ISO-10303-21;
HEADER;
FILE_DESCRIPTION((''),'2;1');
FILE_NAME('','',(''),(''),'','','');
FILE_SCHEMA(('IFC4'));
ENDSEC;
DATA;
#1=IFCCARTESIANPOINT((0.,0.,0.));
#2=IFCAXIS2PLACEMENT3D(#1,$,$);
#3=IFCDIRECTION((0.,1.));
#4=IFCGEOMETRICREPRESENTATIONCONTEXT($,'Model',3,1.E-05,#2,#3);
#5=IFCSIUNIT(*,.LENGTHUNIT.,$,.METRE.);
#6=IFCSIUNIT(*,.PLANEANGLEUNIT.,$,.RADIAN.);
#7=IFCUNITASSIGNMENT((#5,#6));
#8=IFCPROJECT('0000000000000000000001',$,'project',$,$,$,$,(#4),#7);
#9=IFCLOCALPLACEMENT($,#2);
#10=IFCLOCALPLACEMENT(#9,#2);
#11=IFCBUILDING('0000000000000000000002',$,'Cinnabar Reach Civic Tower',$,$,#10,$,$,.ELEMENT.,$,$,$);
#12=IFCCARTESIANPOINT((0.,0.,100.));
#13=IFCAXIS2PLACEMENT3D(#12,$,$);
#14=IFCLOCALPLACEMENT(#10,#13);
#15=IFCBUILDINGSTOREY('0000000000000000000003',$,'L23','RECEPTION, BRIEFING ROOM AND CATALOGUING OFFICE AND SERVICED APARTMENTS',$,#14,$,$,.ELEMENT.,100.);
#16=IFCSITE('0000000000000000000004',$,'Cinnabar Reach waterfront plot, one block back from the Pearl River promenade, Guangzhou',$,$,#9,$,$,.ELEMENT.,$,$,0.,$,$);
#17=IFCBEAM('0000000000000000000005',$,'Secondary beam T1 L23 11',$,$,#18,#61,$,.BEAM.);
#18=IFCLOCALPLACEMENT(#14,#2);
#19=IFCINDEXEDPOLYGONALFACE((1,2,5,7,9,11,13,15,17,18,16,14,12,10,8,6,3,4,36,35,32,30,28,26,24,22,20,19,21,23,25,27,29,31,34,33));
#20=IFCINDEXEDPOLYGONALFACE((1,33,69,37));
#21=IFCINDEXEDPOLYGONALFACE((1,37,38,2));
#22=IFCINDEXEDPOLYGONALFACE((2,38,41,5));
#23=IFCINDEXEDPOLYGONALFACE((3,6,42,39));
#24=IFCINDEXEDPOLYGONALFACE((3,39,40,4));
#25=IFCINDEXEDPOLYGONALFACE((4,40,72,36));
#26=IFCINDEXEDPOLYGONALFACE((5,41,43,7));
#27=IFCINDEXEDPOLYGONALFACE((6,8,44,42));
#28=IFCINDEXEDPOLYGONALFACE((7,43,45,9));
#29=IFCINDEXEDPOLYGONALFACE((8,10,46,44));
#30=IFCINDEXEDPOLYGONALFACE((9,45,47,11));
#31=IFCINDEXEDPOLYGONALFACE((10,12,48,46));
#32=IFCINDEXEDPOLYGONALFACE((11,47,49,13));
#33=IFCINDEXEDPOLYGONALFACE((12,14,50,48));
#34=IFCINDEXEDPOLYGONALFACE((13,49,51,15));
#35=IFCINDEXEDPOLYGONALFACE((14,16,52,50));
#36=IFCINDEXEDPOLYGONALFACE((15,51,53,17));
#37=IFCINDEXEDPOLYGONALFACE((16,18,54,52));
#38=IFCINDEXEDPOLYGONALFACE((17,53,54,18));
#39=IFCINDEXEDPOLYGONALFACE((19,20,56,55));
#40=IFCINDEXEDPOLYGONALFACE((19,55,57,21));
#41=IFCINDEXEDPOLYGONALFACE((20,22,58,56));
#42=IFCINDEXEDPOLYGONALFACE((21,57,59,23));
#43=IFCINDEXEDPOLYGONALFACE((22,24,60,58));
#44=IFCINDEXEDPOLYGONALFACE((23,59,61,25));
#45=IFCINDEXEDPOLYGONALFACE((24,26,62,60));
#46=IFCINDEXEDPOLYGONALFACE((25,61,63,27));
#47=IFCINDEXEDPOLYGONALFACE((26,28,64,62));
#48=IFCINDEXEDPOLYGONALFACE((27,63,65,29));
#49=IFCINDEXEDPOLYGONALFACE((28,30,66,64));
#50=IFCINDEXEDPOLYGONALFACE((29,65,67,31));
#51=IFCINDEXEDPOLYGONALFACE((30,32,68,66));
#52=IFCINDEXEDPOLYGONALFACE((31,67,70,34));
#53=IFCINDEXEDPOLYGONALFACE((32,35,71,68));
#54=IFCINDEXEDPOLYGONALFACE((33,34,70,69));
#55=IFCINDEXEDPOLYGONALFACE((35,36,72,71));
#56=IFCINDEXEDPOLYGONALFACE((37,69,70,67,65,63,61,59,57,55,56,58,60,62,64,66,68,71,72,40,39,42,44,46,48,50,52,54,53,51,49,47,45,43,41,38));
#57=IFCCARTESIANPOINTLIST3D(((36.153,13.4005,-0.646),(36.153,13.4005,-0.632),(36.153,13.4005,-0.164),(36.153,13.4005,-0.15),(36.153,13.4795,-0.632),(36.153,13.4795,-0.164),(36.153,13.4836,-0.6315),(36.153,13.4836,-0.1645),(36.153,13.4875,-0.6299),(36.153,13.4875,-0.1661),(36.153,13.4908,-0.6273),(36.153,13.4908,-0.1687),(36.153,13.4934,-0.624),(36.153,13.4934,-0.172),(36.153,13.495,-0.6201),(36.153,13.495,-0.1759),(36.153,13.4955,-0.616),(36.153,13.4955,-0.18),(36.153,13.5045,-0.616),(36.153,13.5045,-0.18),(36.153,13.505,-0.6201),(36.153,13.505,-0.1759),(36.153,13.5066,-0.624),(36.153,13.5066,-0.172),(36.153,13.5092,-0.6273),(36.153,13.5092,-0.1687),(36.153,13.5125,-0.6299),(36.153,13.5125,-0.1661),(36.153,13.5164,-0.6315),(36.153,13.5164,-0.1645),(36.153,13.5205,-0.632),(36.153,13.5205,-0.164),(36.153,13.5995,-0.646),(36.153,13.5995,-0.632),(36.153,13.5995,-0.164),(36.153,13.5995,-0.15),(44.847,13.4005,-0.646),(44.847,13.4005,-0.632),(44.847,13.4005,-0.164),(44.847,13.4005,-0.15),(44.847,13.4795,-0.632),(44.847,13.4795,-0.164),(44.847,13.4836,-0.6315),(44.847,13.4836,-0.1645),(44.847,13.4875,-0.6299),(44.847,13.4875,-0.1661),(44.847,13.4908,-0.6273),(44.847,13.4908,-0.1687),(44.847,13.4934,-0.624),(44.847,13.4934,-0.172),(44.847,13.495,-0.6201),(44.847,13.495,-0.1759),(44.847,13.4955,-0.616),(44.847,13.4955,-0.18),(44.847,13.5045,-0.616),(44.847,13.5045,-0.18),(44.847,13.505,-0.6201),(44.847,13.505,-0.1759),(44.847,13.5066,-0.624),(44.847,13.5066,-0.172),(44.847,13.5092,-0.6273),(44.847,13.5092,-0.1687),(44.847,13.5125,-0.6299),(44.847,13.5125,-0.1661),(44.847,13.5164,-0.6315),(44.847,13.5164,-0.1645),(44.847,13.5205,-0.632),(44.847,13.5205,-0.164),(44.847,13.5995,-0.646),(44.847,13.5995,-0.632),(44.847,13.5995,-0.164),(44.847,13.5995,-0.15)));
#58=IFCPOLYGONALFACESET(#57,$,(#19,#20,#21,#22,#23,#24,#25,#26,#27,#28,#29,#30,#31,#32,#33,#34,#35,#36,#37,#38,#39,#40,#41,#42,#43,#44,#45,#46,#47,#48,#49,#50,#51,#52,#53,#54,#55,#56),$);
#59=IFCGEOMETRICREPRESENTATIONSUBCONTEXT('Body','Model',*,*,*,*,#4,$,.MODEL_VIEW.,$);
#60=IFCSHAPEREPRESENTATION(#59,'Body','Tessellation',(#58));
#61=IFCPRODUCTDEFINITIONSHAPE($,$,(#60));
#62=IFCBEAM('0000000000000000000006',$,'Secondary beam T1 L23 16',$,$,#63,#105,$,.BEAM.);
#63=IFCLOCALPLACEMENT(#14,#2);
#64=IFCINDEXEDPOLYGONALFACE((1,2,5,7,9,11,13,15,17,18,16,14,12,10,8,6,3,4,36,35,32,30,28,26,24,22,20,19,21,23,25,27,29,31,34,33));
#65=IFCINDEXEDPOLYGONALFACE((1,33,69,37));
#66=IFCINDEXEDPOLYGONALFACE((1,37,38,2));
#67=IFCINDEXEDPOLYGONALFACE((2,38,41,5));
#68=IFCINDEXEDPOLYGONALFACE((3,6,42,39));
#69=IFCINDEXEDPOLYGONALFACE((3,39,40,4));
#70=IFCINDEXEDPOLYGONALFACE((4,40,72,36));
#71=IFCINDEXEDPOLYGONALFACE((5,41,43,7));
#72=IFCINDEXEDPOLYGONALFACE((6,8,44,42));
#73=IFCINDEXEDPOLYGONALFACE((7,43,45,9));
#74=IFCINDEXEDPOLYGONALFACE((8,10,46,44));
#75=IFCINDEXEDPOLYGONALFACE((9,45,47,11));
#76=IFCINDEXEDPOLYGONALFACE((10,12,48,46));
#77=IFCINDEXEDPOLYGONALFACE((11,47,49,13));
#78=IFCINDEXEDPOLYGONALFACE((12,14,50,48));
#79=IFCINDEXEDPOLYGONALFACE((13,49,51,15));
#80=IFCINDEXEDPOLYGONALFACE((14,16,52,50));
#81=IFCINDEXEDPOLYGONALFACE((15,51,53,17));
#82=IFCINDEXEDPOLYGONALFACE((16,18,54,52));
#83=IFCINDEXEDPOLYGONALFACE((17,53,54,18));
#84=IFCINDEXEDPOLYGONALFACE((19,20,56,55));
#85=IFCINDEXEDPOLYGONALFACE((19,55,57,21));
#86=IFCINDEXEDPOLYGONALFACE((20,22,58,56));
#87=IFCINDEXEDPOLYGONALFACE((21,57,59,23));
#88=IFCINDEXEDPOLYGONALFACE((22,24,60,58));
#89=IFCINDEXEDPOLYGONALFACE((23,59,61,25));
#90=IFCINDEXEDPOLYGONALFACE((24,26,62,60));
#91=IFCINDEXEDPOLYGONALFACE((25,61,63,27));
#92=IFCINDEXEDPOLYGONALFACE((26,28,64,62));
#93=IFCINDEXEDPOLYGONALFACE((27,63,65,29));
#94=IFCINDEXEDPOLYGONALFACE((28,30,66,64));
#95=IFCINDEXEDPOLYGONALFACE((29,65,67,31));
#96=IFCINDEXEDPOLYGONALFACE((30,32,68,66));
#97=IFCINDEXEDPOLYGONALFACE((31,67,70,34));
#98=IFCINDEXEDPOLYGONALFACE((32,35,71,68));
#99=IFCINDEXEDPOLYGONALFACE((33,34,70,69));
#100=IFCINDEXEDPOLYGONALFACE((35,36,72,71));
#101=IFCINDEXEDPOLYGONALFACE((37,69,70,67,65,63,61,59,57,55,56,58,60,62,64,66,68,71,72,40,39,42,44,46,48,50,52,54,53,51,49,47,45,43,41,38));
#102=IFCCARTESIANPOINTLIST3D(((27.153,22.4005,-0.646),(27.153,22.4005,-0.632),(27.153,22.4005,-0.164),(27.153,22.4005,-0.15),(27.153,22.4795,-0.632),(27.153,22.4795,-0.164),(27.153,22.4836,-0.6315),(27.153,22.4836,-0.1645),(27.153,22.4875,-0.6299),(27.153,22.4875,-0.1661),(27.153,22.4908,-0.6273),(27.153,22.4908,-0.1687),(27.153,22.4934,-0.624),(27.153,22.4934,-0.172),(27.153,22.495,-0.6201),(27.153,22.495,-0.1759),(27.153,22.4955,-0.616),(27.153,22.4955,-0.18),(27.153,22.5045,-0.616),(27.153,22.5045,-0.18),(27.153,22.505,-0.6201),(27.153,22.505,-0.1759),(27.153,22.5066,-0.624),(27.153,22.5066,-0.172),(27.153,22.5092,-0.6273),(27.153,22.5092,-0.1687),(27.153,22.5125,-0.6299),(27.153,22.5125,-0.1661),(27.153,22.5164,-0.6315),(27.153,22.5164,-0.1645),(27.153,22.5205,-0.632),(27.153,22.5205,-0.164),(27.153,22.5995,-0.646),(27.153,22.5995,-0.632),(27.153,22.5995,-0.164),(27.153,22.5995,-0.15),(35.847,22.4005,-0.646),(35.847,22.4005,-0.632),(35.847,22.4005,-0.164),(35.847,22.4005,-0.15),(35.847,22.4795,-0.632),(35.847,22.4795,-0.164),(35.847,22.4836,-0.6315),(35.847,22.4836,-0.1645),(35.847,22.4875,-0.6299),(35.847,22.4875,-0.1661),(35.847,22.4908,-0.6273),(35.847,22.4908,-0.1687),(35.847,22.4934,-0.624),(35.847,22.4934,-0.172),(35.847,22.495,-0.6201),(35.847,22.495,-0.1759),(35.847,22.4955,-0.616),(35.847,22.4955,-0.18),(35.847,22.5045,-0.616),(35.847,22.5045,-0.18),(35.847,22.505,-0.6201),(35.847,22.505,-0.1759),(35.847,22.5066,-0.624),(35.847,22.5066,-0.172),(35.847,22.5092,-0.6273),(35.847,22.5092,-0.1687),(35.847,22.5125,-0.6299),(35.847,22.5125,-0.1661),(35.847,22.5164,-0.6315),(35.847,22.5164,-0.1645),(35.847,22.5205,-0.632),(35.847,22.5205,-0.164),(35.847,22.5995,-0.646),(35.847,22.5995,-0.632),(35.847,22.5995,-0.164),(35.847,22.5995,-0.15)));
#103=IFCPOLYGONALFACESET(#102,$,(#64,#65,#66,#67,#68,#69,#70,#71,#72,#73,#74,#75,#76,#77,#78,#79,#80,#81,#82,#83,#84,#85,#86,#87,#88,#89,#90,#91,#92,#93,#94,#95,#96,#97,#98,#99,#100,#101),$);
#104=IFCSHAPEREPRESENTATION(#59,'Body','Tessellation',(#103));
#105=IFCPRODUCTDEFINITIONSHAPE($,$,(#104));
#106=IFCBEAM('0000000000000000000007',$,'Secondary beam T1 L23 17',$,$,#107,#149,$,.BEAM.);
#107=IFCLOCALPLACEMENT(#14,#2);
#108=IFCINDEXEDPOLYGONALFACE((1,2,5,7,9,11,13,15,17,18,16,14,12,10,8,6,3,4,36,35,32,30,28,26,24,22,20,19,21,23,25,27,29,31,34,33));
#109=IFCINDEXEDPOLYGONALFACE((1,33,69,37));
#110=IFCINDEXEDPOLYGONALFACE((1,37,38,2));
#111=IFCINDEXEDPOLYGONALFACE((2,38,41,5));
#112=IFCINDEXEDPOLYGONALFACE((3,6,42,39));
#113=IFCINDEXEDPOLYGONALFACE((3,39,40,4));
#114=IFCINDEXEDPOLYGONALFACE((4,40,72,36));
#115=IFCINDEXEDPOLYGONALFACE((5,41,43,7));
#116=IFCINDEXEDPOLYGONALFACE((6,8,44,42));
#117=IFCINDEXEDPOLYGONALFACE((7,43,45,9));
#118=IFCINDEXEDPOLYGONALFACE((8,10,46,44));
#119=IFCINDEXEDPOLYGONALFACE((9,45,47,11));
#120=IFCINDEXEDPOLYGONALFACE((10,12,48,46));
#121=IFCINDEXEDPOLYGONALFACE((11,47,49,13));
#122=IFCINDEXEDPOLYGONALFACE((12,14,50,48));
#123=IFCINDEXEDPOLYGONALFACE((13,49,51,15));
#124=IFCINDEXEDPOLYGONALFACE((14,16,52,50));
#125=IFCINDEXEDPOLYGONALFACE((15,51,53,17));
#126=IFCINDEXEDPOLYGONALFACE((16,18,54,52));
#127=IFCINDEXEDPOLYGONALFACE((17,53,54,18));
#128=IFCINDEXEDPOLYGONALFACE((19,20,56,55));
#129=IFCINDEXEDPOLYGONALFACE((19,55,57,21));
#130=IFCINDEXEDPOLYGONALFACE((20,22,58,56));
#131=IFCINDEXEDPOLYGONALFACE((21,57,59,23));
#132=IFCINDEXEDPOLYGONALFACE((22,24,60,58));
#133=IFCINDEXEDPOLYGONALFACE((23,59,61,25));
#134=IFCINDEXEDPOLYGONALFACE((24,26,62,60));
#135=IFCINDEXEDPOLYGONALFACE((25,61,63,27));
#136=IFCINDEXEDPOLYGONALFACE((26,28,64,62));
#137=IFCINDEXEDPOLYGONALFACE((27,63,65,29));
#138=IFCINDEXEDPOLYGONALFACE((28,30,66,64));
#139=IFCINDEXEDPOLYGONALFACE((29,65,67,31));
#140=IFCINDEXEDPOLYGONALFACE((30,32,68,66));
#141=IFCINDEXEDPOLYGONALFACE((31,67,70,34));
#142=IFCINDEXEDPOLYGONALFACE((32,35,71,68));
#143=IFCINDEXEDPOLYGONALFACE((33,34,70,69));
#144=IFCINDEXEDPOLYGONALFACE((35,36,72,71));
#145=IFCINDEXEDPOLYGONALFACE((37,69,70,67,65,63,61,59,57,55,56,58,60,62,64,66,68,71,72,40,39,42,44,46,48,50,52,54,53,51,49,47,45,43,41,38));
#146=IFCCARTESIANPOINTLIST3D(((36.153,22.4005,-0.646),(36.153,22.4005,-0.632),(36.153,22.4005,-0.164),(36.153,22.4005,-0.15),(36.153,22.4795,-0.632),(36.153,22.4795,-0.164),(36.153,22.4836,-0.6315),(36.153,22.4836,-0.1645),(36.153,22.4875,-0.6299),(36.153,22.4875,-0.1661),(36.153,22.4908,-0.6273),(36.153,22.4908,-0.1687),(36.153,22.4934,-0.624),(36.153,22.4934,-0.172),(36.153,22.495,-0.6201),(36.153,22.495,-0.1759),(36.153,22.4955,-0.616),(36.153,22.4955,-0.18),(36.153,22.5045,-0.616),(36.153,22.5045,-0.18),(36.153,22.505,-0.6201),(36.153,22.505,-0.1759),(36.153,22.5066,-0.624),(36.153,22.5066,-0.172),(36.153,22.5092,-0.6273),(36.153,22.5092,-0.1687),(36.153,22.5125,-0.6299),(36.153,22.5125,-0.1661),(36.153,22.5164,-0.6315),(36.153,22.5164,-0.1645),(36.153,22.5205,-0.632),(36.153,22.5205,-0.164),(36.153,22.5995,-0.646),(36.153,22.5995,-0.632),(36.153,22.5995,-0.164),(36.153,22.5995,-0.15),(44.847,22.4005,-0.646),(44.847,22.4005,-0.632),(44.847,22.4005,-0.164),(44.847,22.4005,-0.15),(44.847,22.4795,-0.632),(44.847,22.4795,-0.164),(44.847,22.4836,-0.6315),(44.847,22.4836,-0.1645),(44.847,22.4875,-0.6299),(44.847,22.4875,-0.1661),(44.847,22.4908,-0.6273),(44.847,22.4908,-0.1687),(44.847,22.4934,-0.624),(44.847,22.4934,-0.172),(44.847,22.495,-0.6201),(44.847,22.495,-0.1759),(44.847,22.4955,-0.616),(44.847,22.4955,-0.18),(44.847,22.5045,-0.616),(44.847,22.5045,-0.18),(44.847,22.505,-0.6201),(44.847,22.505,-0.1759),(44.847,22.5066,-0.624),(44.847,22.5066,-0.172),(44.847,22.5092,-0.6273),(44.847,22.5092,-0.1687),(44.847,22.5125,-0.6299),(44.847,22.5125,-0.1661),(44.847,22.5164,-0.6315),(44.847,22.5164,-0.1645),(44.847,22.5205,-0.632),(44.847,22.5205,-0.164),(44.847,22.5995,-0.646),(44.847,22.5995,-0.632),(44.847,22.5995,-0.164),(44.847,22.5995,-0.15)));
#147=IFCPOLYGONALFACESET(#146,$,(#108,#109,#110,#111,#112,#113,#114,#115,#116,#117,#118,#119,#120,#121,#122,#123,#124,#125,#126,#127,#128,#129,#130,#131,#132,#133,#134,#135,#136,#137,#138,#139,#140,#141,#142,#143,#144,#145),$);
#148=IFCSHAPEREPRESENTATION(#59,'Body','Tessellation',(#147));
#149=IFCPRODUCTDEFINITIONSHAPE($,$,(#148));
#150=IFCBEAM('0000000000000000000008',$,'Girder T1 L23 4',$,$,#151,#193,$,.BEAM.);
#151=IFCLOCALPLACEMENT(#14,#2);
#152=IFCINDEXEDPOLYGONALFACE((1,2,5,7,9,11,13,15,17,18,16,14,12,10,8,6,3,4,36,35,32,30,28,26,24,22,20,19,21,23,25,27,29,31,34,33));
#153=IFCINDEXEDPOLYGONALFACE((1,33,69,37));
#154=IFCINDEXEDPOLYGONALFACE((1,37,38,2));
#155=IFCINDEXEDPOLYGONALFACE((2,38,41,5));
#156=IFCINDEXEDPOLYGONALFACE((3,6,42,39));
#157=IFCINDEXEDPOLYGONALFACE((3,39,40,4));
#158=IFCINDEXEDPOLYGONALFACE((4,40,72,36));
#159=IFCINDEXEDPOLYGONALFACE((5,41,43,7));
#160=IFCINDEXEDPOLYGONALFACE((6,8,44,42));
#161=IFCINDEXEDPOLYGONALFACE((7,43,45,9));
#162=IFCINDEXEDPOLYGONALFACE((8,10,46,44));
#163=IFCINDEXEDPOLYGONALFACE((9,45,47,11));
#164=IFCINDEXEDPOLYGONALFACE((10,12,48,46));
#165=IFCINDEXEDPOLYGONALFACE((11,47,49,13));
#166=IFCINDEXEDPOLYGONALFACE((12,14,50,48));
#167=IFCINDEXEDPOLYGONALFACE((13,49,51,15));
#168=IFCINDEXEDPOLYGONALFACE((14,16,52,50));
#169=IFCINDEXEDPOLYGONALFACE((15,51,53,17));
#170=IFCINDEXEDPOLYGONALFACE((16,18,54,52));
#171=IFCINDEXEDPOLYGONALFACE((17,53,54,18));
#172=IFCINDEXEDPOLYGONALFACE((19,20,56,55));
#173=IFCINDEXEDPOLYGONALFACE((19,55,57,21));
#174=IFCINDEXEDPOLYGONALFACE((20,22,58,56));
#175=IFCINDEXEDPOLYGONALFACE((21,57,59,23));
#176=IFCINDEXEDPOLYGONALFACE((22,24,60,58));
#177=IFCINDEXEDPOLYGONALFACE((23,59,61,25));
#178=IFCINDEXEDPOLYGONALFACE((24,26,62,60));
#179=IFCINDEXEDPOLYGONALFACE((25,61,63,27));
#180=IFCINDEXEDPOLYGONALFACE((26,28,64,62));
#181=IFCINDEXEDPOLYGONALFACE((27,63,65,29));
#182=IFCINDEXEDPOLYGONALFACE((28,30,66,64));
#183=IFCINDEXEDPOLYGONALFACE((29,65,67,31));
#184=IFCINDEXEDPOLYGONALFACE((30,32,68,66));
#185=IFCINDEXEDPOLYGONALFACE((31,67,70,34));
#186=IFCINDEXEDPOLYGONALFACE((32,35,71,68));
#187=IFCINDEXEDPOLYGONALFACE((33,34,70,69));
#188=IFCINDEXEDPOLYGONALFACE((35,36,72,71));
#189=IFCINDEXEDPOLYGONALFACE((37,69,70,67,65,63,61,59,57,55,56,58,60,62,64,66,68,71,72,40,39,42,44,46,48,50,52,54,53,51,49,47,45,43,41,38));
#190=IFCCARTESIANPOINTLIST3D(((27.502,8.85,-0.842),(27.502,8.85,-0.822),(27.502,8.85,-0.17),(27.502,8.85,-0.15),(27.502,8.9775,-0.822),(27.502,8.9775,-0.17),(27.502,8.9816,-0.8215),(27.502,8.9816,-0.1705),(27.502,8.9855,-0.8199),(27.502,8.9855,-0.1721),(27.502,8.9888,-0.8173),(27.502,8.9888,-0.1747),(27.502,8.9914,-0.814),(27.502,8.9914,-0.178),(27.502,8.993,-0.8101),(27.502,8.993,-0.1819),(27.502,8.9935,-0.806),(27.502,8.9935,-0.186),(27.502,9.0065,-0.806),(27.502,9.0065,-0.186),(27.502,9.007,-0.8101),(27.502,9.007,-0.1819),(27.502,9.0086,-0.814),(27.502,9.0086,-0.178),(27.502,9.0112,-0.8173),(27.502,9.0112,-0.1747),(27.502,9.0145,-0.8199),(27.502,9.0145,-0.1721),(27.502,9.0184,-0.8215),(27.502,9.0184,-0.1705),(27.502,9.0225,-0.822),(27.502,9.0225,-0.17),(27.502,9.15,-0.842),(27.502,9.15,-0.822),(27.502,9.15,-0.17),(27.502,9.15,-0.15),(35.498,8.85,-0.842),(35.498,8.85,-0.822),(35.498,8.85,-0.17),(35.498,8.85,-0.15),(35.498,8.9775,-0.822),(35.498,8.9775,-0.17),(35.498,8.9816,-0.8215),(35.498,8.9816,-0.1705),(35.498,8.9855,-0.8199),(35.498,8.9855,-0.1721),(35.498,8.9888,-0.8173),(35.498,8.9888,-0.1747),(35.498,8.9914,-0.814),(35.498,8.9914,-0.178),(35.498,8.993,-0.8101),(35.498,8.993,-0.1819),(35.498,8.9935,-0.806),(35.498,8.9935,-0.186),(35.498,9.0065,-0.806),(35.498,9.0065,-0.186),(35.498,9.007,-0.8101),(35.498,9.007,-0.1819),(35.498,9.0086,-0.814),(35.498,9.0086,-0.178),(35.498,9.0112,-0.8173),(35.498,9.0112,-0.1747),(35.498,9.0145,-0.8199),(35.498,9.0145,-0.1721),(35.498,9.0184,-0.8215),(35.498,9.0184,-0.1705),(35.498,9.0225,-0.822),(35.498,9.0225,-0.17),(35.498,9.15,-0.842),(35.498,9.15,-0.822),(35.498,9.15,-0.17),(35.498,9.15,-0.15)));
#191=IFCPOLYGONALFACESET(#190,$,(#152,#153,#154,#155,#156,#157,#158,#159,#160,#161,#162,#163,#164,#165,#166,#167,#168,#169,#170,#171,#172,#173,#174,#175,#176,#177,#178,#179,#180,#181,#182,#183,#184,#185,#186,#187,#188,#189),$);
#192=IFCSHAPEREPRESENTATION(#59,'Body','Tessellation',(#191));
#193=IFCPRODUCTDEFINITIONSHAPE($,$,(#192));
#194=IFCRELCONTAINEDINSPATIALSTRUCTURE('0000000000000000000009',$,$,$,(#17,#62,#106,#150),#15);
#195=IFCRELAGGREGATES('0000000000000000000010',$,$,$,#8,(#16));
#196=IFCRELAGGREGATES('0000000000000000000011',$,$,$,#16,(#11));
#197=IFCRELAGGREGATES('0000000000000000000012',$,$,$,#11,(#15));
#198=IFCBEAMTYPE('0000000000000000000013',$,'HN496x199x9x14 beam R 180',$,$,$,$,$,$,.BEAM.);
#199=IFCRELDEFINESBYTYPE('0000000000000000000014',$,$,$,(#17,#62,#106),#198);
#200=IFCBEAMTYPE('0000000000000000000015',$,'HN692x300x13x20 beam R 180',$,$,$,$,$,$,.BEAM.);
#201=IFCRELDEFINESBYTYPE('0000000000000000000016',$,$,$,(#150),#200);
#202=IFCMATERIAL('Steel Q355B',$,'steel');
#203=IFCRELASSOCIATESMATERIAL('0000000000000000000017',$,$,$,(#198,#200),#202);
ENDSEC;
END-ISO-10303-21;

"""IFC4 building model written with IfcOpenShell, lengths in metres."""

from ifc_helpers import new_model, si_unit, direction, frame, origin, origin_2d, place, context, subcontext, project, spatial, i_section, extrude, material, material_profile, profile_set, type_object, element, save


model = new_model("IFC4")

# Units and contexts
model_context = context("Model", 3, precision=1e-05, world=origin(), true_north=direction((0.0, 1.0)))
body_context = subcontext(model_context, "Body", "Model", "MODEL_VIEW")
ifc_project = project(units=[si_unit("LENGTHUNIT", "METRE"), si_unit("PLANEANGLEUNIT", "RADIAN")], contexts=[model_context])

# Site, building, storey
site_placement = place(None, origin())
site = spatial("IfcSite", under=ifc_project, at=site_placement, Name="Cinnabar Reach waterfront plot, one block back from the Pearl River promenade, Guangzhou", CompositionType="ELEMENT", RefElevation=0.0)
building_placement = place(site_placement, origin())
building = spatial("IfcBuilding", under=site, at=building_placement, Name="Cinnabar Reach Civic Tower", CompositionType="ELEMENT")
storey_placement = place(building_placement, frame((0.0, 0.0, 100.0)))
storey = spatial("IfcBuildingStorey", under=building, at=storey_placement, Name="L23", Description="RECEPTION, BRIEFING ROOM AND CATALOGUING OFFICE AND SERVICED APARTMENTS", CompositionType="ELEMENT", Elevation=100.0)

# Beams
ifc_material_1 = material(Name="Steel Q355B", Category="steel")
ifc_material_profile_1 = material_profile(ifc_material_1, i_section(OverallWidth=0.199, OverallDepth=0.496, WebThickness=0.009, FlangeThickness=0.014, FilletRadius=0.016, at=origin_2d()), Name="HN496x199x9x14")
ifc_profile_set_1 = profile_set([ifc_material_profile_1], Name="Steel Q355B")
beam_type_1 = type_object("IfcBeamType", Name="HN496x199x9x14 beam R 180", PredefinedType="BEAM", material=ifc_profile_set_1)
for number, where, z_axis, x_axis, name in (
    (1, (36.153, 13.5, -0.398), (1.0, 0.0, 0.0), (0.0, 1.0, 0.0), "Secondary beam T1 L23 11"),
    (2, (27.153, 22.5, -0.398), (1.0, 0.0, 0.0), (0.0, 1.0, 0.0), "Secondary beam T1 L23 16"),
    (3, (36.153, 22.5, -0.398), (1.0, 0.0, 0.0), (0.0, 1.0, 0.0), "Secondary beam T1 L23 17"),
):
    element("IfcBeam", number, at=place(storey_placement, frame(where, z_axis=z_axis, x_axis=x_axis)), inside=storey, type_object=beam_type_1, Name=name, PredefinedType="BEAM", context=body_context, shape_type="SweptSolid", body=[
        extrude(i_section(OverallWidth=0.199, OverallDepth=0.496, WebThickness=0.009, FlangeThickness=0.014, FilletRadius=0.016, at=origin_2d()), origin(), (0.0, 0.0, 1.0), 8.694),
    ])
ifc_material_profile_2 = material_profile(ifc_material_1, i_section(OverallWidth=0.3, OverallDepth=0.692, WebThickness=0.013, FlangeThickness=0.02, FilletRadius=0.016, at=origin_2d()), Name="HN692x300x13x20")
ifc_profile_set_2 = profile_set([ifc_material_profile_2], Name="Steel Q355B")
beam_type_2 = type_object("IfcBeamType", Name="HN692x300x13x20 beam R 180", PredefinedType="BEAM", material=ifc_profile_set_2)
for number, where, z_axis, x_axis, name in (
    (4, (27.502, 9.0, -0.496), (1.0, 0.0, 0.0), (0.0, 1.0, 0.0), "Girder T1 L23 4"),
):
    element("IfcBeam", number, at=place(storey_placement, frame(where, z_axis=z_axis, x_axis=x_axis)), inside=storey, type_object=beam_type_2, Name=name, PredefinedType="BEAM", context=body_context, shape_type="SweptSolid", body=[
        extrude(i_section(OverallWidth=0.3, OverallDepth=0.692, WebThickness=0.013, FlangeThickness=0.02, FilletRadius=0.016, at=origin_2d()), origin(), (0.0, 0.0, 1.0), 7.996),
    ])

save(model, "model.ifc")
